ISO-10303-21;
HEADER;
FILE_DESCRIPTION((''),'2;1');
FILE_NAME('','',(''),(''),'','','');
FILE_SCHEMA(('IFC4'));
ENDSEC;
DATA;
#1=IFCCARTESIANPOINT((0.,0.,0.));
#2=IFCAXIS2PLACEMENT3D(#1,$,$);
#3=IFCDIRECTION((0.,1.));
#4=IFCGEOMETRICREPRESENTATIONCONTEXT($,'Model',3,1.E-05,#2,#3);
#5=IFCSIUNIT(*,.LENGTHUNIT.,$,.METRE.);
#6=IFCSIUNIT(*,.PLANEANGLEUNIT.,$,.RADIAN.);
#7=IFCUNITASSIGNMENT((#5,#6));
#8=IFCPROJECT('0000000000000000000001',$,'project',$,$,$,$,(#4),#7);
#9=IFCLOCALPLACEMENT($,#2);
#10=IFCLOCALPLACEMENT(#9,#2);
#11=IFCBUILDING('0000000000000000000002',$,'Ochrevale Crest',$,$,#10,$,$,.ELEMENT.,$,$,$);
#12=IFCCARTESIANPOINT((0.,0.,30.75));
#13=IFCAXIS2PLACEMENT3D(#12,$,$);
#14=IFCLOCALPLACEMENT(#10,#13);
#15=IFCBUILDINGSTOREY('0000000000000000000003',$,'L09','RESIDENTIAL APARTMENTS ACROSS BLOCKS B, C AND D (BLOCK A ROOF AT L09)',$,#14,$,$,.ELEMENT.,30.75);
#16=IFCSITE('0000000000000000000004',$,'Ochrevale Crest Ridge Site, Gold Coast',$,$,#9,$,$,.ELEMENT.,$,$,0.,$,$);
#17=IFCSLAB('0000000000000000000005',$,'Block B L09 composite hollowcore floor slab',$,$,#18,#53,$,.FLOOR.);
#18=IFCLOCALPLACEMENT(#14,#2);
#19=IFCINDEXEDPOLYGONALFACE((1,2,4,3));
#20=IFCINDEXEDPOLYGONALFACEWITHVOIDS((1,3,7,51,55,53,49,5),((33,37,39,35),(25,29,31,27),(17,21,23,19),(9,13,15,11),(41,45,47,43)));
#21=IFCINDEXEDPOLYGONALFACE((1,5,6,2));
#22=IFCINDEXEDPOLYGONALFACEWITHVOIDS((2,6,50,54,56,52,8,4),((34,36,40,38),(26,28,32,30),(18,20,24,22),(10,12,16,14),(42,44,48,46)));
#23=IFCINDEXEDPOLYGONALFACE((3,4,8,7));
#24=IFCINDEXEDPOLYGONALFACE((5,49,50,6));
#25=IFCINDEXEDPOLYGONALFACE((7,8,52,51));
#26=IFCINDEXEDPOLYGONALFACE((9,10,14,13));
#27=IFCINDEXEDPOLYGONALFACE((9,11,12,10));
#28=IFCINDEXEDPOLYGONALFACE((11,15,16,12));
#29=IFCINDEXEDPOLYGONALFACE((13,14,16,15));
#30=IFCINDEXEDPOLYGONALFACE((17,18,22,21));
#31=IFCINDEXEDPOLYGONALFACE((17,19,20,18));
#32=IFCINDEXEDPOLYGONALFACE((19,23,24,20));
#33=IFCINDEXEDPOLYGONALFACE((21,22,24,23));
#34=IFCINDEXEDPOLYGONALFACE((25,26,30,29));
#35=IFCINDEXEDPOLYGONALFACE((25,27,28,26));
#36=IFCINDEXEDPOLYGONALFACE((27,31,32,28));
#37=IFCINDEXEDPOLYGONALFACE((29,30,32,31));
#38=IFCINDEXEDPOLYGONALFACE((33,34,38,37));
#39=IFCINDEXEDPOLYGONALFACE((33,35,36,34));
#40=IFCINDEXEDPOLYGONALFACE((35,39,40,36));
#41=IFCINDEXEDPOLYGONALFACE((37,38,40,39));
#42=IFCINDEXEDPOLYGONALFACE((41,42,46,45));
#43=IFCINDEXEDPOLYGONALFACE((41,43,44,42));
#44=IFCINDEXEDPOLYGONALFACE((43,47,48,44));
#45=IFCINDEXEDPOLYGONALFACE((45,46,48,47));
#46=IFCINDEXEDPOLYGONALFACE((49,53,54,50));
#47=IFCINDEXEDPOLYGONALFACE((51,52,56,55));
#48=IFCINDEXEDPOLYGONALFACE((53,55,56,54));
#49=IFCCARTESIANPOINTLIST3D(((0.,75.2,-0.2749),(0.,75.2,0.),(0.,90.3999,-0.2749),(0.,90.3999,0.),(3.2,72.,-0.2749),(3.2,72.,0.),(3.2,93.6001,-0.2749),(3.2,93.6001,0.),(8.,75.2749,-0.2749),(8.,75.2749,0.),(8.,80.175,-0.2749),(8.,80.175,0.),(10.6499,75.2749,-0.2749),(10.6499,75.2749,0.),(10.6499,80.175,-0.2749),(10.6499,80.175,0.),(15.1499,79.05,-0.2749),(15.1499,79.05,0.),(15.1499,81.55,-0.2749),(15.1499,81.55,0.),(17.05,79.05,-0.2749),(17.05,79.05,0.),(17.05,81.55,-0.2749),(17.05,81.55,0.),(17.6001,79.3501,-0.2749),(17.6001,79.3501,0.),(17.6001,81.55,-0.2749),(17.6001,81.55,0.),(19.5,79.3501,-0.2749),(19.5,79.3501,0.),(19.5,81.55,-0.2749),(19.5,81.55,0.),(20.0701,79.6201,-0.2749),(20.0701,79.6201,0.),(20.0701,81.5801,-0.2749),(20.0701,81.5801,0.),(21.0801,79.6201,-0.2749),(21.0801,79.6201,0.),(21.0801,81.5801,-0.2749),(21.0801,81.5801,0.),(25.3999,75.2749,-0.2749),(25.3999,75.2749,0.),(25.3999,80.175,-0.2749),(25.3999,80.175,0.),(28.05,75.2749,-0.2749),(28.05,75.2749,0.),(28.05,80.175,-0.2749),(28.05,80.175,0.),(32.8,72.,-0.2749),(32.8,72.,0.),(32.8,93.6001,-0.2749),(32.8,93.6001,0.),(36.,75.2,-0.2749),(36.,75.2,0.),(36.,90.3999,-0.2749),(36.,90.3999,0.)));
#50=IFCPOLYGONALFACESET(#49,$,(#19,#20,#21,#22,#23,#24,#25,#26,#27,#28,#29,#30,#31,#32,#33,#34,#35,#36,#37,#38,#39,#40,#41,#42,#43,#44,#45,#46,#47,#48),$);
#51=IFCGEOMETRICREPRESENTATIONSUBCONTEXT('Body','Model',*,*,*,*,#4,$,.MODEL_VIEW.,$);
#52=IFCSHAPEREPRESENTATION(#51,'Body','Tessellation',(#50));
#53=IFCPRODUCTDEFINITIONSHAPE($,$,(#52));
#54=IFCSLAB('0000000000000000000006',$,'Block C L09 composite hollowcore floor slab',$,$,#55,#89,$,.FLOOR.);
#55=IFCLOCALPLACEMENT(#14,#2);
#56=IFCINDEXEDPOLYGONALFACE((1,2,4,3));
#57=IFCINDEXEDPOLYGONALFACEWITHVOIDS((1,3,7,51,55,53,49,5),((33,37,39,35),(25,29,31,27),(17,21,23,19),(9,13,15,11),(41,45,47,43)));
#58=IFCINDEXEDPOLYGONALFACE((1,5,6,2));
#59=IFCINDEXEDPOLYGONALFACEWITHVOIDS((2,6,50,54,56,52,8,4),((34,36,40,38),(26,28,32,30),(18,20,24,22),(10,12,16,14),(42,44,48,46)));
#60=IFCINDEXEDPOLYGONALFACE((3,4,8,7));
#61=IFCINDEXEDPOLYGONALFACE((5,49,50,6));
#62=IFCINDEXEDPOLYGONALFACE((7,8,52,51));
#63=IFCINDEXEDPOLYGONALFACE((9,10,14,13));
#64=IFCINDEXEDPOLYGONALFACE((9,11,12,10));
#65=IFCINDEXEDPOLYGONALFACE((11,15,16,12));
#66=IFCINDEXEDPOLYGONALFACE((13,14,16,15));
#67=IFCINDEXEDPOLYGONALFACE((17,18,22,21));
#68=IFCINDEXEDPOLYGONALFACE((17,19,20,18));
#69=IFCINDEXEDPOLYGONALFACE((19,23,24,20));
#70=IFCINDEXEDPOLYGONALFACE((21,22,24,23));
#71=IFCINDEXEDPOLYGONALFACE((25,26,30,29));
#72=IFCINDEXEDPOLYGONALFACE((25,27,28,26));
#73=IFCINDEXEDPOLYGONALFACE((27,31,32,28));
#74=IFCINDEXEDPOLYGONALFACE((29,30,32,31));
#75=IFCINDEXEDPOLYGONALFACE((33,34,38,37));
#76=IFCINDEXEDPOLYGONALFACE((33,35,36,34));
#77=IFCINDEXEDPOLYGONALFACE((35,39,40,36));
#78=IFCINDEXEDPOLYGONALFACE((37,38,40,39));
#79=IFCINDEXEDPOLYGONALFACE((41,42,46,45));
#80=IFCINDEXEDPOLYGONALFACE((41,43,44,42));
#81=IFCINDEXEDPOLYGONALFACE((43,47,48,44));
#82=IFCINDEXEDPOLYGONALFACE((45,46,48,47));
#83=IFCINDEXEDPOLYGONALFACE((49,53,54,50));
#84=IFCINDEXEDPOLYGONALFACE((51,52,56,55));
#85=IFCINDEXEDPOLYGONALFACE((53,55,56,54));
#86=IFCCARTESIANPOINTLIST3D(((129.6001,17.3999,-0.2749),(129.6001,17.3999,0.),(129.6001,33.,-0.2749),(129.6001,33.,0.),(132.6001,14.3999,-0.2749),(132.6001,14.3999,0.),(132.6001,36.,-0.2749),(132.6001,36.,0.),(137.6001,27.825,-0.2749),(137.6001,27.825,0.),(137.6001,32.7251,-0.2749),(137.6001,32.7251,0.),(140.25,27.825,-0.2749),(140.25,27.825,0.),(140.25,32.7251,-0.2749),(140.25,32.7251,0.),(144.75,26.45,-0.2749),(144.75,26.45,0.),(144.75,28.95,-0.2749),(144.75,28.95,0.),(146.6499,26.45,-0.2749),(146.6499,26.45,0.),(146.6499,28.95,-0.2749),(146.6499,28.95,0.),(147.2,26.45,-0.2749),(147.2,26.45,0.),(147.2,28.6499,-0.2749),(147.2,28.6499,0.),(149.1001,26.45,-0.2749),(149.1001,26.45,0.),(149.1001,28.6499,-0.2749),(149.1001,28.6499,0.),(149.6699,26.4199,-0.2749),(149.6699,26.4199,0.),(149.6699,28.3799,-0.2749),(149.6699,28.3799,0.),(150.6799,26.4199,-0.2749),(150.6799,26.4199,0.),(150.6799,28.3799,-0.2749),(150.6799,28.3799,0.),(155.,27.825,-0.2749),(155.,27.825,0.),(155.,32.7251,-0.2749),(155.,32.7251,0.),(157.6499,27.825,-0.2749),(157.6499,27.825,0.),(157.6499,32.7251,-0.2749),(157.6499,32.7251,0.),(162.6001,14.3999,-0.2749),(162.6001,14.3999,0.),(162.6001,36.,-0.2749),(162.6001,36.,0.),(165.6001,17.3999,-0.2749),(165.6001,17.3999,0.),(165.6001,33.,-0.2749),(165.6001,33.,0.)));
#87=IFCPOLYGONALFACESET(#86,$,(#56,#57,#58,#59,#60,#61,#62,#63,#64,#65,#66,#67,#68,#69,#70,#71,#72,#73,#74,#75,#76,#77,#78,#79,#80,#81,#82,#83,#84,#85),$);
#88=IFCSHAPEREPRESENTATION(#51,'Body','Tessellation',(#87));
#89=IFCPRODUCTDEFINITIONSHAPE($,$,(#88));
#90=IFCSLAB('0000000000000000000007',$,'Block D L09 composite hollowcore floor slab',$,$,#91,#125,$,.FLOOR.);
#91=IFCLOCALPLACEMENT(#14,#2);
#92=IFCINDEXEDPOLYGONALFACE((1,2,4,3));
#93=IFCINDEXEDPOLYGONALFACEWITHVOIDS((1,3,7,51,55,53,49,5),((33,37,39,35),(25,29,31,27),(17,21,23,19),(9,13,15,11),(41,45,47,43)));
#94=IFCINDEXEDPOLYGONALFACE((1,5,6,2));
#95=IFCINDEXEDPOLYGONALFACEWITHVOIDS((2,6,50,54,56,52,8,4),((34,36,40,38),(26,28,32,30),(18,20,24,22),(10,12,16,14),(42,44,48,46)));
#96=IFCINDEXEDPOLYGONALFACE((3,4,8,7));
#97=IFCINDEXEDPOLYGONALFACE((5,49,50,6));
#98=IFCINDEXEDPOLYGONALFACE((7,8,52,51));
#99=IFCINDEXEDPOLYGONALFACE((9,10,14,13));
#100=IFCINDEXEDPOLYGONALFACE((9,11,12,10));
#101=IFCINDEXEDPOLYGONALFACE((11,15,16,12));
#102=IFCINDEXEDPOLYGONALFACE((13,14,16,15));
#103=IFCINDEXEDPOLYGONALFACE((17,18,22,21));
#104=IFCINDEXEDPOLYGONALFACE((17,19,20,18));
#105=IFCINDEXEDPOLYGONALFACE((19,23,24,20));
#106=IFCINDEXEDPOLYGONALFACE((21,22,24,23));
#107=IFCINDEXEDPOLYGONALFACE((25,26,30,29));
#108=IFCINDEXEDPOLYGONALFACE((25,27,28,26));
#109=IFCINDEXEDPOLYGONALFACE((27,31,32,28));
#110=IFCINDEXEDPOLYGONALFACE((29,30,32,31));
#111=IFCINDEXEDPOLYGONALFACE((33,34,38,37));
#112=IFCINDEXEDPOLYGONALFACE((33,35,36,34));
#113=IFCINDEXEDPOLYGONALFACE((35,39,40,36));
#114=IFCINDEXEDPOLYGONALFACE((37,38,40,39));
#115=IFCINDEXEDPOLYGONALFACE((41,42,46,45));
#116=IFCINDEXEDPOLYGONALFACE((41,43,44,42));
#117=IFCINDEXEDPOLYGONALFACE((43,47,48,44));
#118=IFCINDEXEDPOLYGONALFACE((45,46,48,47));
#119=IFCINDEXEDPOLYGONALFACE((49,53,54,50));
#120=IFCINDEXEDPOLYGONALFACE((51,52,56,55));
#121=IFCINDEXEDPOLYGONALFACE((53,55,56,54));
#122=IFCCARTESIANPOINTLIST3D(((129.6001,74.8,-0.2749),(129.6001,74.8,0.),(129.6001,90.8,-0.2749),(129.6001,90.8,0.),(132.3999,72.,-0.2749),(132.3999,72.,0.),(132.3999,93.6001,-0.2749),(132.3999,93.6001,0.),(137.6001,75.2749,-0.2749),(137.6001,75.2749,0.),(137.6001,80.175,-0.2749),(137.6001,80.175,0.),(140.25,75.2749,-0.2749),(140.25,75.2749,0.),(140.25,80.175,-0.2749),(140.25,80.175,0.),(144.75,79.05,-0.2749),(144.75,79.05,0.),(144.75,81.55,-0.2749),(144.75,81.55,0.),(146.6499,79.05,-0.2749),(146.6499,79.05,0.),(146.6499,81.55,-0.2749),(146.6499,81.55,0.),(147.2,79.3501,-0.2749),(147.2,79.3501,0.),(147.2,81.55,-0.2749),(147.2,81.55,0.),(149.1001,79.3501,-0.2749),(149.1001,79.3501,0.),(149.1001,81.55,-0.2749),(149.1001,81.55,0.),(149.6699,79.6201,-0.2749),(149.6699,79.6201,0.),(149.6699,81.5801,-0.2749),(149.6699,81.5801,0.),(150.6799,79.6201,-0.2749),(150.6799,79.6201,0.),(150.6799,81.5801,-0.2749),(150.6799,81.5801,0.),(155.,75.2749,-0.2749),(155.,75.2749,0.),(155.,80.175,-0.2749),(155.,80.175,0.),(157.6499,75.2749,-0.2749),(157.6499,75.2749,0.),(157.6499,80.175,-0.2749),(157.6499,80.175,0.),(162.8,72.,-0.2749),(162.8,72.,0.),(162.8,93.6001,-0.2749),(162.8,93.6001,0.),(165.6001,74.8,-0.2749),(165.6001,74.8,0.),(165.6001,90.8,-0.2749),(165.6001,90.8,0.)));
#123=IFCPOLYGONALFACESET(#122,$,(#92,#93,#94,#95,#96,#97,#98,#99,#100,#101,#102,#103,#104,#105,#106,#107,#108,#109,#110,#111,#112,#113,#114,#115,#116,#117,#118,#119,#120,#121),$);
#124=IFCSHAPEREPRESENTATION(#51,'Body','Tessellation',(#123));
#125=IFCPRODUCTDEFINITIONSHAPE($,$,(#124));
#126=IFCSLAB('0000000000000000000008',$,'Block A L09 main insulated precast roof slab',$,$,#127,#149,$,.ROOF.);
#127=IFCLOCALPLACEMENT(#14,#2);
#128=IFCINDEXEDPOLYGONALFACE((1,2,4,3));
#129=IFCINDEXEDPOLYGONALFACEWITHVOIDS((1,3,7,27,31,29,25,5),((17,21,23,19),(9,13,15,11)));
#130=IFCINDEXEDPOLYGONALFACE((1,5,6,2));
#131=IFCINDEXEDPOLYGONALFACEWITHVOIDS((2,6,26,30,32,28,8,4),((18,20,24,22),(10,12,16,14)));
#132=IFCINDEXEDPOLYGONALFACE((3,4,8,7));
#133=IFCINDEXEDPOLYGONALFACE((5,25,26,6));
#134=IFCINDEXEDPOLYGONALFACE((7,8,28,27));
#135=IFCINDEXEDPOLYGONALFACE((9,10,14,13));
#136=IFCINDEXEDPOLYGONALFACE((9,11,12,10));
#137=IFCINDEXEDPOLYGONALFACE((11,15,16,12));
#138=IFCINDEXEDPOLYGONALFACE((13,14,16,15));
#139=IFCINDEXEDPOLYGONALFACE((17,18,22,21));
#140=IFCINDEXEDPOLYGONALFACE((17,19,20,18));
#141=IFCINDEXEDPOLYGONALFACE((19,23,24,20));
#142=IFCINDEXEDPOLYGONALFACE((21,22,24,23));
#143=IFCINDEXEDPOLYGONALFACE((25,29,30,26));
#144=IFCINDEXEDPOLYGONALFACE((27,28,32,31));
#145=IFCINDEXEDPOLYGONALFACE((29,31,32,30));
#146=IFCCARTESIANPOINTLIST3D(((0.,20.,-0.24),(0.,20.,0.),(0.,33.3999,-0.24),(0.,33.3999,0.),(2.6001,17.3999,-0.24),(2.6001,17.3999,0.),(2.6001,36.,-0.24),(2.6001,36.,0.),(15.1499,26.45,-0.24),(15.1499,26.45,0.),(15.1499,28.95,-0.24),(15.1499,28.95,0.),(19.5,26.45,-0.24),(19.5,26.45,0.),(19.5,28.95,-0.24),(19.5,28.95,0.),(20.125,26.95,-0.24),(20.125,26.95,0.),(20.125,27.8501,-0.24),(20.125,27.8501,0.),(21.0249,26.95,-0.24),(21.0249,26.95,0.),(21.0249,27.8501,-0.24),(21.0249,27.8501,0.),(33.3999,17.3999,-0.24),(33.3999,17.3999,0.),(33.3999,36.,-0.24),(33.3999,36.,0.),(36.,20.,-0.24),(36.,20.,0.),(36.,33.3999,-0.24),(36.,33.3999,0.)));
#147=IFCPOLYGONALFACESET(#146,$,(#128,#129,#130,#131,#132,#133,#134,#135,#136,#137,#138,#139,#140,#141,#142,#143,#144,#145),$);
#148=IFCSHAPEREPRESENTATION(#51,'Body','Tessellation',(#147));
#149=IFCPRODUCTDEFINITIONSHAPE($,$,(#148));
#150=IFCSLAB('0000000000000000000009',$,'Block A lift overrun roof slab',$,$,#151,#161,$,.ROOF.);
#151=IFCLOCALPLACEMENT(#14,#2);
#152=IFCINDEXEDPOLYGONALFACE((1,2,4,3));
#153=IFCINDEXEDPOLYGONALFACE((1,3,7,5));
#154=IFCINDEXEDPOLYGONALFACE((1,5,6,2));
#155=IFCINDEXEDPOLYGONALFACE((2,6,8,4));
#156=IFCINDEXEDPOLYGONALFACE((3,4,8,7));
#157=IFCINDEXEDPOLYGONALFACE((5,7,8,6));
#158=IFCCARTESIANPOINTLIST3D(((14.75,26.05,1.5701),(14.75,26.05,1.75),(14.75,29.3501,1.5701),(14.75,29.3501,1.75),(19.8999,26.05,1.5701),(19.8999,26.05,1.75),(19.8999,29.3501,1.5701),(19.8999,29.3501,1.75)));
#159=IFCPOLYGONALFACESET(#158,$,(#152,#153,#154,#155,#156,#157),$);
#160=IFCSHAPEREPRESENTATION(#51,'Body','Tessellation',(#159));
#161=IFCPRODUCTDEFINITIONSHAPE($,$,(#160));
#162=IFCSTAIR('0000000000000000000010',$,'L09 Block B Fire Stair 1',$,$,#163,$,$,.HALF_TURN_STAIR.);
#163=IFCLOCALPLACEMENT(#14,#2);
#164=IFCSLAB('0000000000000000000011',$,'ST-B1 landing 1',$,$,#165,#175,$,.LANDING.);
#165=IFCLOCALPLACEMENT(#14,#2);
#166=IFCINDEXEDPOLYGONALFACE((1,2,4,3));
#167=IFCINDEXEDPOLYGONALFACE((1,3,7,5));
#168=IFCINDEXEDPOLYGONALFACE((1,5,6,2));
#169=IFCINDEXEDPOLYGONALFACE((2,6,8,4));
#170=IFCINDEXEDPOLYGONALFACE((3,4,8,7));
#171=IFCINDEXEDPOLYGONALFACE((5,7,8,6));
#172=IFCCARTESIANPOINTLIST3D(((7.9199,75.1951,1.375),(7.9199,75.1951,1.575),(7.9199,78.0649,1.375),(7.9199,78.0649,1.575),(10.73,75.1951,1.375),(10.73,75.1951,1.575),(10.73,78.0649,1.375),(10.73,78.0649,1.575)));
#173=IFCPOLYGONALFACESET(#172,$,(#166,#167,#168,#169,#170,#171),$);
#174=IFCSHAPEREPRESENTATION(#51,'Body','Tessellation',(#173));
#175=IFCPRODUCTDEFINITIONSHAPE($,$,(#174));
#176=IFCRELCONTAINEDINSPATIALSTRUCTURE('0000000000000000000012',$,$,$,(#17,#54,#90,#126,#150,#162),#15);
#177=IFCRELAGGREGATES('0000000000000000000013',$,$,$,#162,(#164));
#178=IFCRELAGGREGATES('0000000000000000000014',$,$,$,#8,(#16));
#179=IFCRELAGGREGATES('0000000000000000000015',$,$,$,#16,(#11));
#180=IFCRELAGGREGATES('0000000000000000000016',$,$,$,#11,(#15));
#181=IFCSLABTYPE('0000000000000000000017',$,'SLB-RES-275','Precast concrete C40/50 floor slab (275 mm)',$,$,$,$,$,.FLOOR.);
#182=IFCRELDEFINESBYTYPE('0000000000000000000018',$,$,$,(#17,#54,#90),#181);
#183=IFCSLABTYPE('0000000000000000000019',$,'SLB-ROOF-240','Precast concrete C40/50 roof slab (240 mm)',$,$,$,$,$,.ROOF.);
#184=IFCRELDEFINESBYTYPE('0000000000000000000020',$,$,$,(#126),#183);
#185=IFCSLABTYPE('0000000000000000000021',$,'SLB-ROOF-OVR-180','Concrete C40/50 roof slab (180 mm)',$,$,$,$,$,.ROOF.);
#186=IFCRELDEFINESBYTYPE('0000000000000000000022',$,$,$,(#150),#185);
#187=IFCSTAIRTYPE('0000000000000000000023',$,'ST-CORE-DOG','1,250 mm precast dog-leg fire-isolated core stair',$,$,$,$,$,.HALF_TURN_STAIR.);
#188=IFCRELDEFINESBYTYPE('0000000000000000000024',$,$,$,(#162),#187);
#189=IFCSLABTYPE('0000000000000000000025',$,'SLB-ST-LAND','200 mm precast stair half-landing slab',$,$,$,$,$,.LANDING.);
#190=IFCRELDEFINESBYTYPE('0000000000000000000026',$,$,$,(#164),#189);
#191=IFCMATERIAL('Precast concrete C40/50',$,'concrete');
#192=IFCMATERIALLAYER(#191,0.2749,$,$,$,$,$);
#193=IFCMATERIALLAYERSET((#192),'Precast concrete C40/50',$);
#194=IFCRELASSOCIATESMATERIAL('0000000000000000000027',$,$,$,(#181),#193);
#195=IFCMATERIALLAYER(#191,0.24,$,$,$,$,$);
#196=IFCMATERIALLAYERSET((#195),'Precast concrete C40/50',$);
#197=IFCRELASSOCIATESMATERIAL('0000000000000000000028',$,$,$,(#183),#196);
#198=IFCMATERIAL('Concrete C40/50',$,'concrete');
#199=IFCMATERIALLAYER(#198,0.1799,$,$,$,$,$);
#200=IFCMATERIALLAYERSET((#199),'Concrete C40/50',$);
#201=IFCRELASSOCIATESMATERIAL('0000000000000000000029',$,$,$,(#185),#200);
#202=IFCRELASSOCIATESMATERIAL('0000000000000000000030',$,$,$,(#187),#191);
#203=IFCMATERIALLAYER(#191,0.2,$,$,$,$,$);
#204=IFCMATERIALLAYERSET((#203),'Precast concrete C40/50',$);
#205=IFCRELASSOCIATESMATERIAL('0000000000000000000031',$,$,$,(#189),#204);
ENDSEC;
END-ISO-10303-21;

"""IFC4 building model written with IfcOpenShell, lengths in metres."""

from ifc_helpers import new_model, si_unit, direction, frame, origin, place, context, subcontext, project, spatial, polyline, outline, extrude, material, layer, layer_set, type_object, element, aggregate, save


model = new_model("IFC4")

# Units and contexts
model_context = context("Model", 3, precision=1e-05, world=origin(), true_north=direction((0.0, 1.0)))
body_context = subcontext(model_context, "Body", "Model", "MODEL_VIEW")
ifc_project = project(units=[si_unit("LENGTHUNIT", "METRE"), si_unit("PLANEANGLEUNIT", "RADIAN")], contexts=[model_context])

# Site, building, storey
site_placement = place(None, origin())
site = spatial("IfcSite", under=ifc_project, at=site_placement, Name="Ochrevale Crest Ridge Site, Gold Coast", CompositionType="ELEMENT", RefElevation=0.0)
building_placement = place(site_placement, origin())
building = spatial("IfcBuilding", under=site, at=building_placement, Name="Ochrevale Crest", CompositionType="ELEMENT")
storey_placement = place(building_placement, frame((0.0, 0.0, 30.75)))
storey = spatial("IfcBuildingStorey", under=building, at=storey_placement, Name="L09", Description="RESIDENTIAL APARTMENTS ACROSS BLOCKS B, C AND D (BLOCK A ROOF AT L09)", CompositionType="ELEMENT", Elevation=30.75)

# Slabs
ifc_material_1 = material(Name="Precast concrete C40/50", Category="concrete")
ifc_layer_1 = layer(ifc_material_1, 0.2749)
ifc_layer_set_1 = layer_set([ifc_layer_1], Name="Precast concrete C40/50")
slab_type_1 = type_object("IfcSlabType", Name="SLB-RES-275", Description="Precast concrete C40/50 floor slab (275 mm)", PredefinedType="FLOOR", material=ifc_layer_set_1)
slab_1_placement = place(storey_placement, frame((0.0, 0.0, -0.2749)))
element("IfcSlab", 1, at=slab_1_placement, inside=storey, type_object=slab_type_1, Name="Block B L09 composite hollowcore floor slab", PredefinedType="FLOOR", context=body_context, shape_type="SweptSolid", body=[
    extrude(outline(polyline([(3.2, 72.0), (32.8, 72.0), (36.0, 75.2), (36.0, 90.3999), (32.8, 93.6001), (3.2, 93.6001), (0.0, 90.3999), (0.0, 75.2), (3.2, 72.0)]), holes=[polyline([(8.0, 80.175), (8.0, 75.2749), (10.6499, 75.2749), (10.6499, 80.175), (8.0, 80.175)]), polyline([(25.3999, 80.175), (25.3999, 75.2749), (28.05, 75.2749), (28.05, 80.175), (25.3999, 80.175)]), polyline([(15.1499, 79.05), (17.05, 79.05), (17.05, 81.55), (15.1499, 81.55), (15.1499, 79.05)]), polyline([(17.6001, 79.3501), (19.5, 79.3501), (19.5, 81.55), (17.6001, 81.55), (17.6001, 79.3501)]), polyline([(20.0701, 79.6201), (21.0801, 79.6201), (21.0801, 81.5801), (20.0701, 81.5801), (20.0701, 79.6201)])]), origin(), (0.0, 0.0, 1.0), 0.2749),
])
slab_2_placement = place(storey_placement, frame((0.0, 0.0, -0.2749)))
element("IfcSlab", 2, at=slab_2_placement, inside=storey, type_object=slab_type_1, Name="Block C L09 composite hollowcore floor slab", PredefinedType="FLOOR", context=body_context, shape_type="SweptSolid", body=[
    extrude(outline(polyline([(132.6001, 14.3999), (162.6001, 14.3999), (165.6001, 17.3999), (165.6001, 33.0), (162.6001, 36.0), (132.6001, 36.0), (129.6001, 33.0), (129.6001, 17.3999), (132.6001, 14.3999)]), holes=[polyline([(140.25, 27.825), (140.25, 32.7251), (137.6001, 32.7251), (137.6001, 27.825), (140.25, 27.825)]), polyline([(157.6499, 27.825), (157.6499, 32.7251), (155.0, 32.7251), (155.0, 27.825), (157.6499, 27.825)]), polyline([(144.75, 26.45), (146.6499, 26.45), (146.6499, 28.95), (144.75, 28.95), (144.75, 26.45)]), polyline([(147.2, 26.45), (149.1001, 26.45), (149.1001, 28.6499), (147.2, 28.6499), (147.2, 26.45)]), polyline([(149.6699, 26.4199), (150.6799, 26.4199), (150.6799, 28.3799), (149.6699, 28.3799), (149.6699, 26.4199)])]), origin(), (0.0, 0.0, 1.0), 0.2749),
])
slab_3_placement = place(storey_placement, frame((0.0, 0.0, -0.2749)))
element("IfcSlab", 3, at=slab_3_placement, inside=storey, type_object=slab_type_1, Name="Block D L09 composite hollowcore floor slab", PredefinedType="FLOOR", context=body_context, shape_type="SweptSolid", body=[
    extrude(outline(polyline([(132.3999, 72.0), (162.8, 72.0), (165.6001, 74.8), (165.6001, 90.8), (162.8, 93.6001), (132.3999, 93.6001), (129.6001, 90.8), (129.6001, 74.8), (132.3999, 72.0)]), holes=[polyline([(137.6001, 80.175), (137.6001, 75.2749), (140.25, 75.2749), (140.25, 80.175), (137.6001, 80.175)]), polyline([(155.0, 80.175), (155.0, 75.2749), (157.6499, 75.2749), (157.6499, 80.175), (155.0, 80.175)]), polyline([(144.75, 79.05), (146.6499, 79.05), (146.6499, 81.55), (144.75, 81.55), (144.75, 79.05)]), polyline([(147.2, 79.3501), (149.1001, 79.3501), (149.1001, 81.55), (147.2, 81.55), (147.2, 79.3501)]), polyline([(149.6699, 79.6201), (150.6799, 79.6201), (150.6799, 81.5801), (149.6699, 81.5801), (149.6699, 79.6201)])]), origin(), (0.0, 0.0, 1.0), 0.2749),
])
ifc_layer_2 = layer(ifc_material_1, 0.24)
ifc_layer_set_2 = layer_set([ifc_layer_2], Name="Precast concrete C40/50")
slab_type_2 = type_object("IfcSlabType", Name="SLB-ROOF-240", Description="Precast concrete C40/50 roof slab (240 mm)", PredefinedType="ROOF", material=ifc_layer_set_2)
slab_4_placement = place(storey_placement, frame((0.0, 0.0, -0.24)))
element("IfcSlab", 4, at=slab_4_placement, inside=storey, type_object=slab_type_2, Name="Block A L09 main insulated precast roof slab", PredefinedType="ROOF", context=body_context, shape_type="SweptSolid", body=[
    extrude(outline(polyline([(2.6001, 17.3999), (33.3999, 17.3999), (36.0, 20.0), (36.0, 33.3999), (33.3999, 36.0), (2.6001, 36.0), (0.0, 33.3999), (0.0, 20.0), (2.6001, 17.3999)]), holes=[polyline([(15.1499, 26.45), (19.5, 26.45), (19.5, 28.95), (15.1499, 28.95), (15.1499, 26.45)]), polyline([(20.125, 26.95), (21.0249, 26.95), (21.0249, 27.8501), (20.125, 27.8501), (20.125, 26.95)])]), origin(), (0.0, 0.0, 1.0), 0.24),
])
ifc_material_2 = material(Name="Concrete C40/50", Category="concrete")
ifc_layer_3 = layer(ifc_material_2, 0.1799)
ifc_layer_set_3 = layer_set([ifc_layer_3], Name="Concrete C40/50")
slab_type_3 = type_object("IfcSlabType", Name="SLB-ROOF-OVR-180", Description="Concrete C40/50 roof slab (180 mm)", PredefinedType="ROOF", material=ifc_layer_set_3)
slab_5_placement = place(storey_placement, frame((0.0, 0.0, 1.5701)))
element("IfcSlab", 5, at=slab_5_placement, inside=storey, type_object=slab_type_3, Name="Block A lift overrun roof slab", PredefinedType="ROOF", context=body_context, shape_type="SweptSolid", body=[
    extrude(outline(polyline([(14.75, 26.05), (19.8999, 26.05), (19.8999, 29.3501), (14.75, 29.3501), (14.75, 26.05)])), origin(), (0.0, 0.0, 1.0), 0.1799),
])

# Stair, slab
stair_type = type_object("IfcStairType", Name="ST-CORE-DOG", Description="1,250 mm precast dog-leg fire-isolated core stair", PredefinedType="HALF_TURN_STAIR", material=ifc_material_1)
stair_1_placement = place(storey_placement, origin())
stair_1 = element("IfcStair", 6, at=stair_1_placement, inside=storey, type_object=stair_type, Name="L09 Block B Fire Stair 1", PredefinedType="HALF_TURN_STAIR")
ifc_layer_4 = layer(ifc_material_1, 0.2)
ifc_layer_set_4 = layer_set([ifc_layer_4], Name="Precast concrete C40/50")
slab_type_4 = type_object("IfcSlabType", Name="SLB-ST-LAND", Description="200 mm precast stair half-landing slab", PredefinedType="LANDING", material=ifc_layer_set_4)
slab_6_placement = place(storey_placement, frame((0.0, 0.0, 1.375)))
slab_6 = element("IfcSlab", 7, at=slab_6_placement, type_object=slab_type_4, Name="ST-B1 landing 1", PredefinedType="LANDING", context=body_context, shape_type="SweptSolid", body=[
    extrude(outline(polyline([(7.9199, 78.0649), (7.9199, 75.1951), (10.73, 75.1951), (10.73, 78.0649), (7.9199, 78.0649)])), origin(), (0.0, 0.0, 1.0), 0.2),
])
aggregate(stair_1, [slab_6])

save(model, "model.ifc")
